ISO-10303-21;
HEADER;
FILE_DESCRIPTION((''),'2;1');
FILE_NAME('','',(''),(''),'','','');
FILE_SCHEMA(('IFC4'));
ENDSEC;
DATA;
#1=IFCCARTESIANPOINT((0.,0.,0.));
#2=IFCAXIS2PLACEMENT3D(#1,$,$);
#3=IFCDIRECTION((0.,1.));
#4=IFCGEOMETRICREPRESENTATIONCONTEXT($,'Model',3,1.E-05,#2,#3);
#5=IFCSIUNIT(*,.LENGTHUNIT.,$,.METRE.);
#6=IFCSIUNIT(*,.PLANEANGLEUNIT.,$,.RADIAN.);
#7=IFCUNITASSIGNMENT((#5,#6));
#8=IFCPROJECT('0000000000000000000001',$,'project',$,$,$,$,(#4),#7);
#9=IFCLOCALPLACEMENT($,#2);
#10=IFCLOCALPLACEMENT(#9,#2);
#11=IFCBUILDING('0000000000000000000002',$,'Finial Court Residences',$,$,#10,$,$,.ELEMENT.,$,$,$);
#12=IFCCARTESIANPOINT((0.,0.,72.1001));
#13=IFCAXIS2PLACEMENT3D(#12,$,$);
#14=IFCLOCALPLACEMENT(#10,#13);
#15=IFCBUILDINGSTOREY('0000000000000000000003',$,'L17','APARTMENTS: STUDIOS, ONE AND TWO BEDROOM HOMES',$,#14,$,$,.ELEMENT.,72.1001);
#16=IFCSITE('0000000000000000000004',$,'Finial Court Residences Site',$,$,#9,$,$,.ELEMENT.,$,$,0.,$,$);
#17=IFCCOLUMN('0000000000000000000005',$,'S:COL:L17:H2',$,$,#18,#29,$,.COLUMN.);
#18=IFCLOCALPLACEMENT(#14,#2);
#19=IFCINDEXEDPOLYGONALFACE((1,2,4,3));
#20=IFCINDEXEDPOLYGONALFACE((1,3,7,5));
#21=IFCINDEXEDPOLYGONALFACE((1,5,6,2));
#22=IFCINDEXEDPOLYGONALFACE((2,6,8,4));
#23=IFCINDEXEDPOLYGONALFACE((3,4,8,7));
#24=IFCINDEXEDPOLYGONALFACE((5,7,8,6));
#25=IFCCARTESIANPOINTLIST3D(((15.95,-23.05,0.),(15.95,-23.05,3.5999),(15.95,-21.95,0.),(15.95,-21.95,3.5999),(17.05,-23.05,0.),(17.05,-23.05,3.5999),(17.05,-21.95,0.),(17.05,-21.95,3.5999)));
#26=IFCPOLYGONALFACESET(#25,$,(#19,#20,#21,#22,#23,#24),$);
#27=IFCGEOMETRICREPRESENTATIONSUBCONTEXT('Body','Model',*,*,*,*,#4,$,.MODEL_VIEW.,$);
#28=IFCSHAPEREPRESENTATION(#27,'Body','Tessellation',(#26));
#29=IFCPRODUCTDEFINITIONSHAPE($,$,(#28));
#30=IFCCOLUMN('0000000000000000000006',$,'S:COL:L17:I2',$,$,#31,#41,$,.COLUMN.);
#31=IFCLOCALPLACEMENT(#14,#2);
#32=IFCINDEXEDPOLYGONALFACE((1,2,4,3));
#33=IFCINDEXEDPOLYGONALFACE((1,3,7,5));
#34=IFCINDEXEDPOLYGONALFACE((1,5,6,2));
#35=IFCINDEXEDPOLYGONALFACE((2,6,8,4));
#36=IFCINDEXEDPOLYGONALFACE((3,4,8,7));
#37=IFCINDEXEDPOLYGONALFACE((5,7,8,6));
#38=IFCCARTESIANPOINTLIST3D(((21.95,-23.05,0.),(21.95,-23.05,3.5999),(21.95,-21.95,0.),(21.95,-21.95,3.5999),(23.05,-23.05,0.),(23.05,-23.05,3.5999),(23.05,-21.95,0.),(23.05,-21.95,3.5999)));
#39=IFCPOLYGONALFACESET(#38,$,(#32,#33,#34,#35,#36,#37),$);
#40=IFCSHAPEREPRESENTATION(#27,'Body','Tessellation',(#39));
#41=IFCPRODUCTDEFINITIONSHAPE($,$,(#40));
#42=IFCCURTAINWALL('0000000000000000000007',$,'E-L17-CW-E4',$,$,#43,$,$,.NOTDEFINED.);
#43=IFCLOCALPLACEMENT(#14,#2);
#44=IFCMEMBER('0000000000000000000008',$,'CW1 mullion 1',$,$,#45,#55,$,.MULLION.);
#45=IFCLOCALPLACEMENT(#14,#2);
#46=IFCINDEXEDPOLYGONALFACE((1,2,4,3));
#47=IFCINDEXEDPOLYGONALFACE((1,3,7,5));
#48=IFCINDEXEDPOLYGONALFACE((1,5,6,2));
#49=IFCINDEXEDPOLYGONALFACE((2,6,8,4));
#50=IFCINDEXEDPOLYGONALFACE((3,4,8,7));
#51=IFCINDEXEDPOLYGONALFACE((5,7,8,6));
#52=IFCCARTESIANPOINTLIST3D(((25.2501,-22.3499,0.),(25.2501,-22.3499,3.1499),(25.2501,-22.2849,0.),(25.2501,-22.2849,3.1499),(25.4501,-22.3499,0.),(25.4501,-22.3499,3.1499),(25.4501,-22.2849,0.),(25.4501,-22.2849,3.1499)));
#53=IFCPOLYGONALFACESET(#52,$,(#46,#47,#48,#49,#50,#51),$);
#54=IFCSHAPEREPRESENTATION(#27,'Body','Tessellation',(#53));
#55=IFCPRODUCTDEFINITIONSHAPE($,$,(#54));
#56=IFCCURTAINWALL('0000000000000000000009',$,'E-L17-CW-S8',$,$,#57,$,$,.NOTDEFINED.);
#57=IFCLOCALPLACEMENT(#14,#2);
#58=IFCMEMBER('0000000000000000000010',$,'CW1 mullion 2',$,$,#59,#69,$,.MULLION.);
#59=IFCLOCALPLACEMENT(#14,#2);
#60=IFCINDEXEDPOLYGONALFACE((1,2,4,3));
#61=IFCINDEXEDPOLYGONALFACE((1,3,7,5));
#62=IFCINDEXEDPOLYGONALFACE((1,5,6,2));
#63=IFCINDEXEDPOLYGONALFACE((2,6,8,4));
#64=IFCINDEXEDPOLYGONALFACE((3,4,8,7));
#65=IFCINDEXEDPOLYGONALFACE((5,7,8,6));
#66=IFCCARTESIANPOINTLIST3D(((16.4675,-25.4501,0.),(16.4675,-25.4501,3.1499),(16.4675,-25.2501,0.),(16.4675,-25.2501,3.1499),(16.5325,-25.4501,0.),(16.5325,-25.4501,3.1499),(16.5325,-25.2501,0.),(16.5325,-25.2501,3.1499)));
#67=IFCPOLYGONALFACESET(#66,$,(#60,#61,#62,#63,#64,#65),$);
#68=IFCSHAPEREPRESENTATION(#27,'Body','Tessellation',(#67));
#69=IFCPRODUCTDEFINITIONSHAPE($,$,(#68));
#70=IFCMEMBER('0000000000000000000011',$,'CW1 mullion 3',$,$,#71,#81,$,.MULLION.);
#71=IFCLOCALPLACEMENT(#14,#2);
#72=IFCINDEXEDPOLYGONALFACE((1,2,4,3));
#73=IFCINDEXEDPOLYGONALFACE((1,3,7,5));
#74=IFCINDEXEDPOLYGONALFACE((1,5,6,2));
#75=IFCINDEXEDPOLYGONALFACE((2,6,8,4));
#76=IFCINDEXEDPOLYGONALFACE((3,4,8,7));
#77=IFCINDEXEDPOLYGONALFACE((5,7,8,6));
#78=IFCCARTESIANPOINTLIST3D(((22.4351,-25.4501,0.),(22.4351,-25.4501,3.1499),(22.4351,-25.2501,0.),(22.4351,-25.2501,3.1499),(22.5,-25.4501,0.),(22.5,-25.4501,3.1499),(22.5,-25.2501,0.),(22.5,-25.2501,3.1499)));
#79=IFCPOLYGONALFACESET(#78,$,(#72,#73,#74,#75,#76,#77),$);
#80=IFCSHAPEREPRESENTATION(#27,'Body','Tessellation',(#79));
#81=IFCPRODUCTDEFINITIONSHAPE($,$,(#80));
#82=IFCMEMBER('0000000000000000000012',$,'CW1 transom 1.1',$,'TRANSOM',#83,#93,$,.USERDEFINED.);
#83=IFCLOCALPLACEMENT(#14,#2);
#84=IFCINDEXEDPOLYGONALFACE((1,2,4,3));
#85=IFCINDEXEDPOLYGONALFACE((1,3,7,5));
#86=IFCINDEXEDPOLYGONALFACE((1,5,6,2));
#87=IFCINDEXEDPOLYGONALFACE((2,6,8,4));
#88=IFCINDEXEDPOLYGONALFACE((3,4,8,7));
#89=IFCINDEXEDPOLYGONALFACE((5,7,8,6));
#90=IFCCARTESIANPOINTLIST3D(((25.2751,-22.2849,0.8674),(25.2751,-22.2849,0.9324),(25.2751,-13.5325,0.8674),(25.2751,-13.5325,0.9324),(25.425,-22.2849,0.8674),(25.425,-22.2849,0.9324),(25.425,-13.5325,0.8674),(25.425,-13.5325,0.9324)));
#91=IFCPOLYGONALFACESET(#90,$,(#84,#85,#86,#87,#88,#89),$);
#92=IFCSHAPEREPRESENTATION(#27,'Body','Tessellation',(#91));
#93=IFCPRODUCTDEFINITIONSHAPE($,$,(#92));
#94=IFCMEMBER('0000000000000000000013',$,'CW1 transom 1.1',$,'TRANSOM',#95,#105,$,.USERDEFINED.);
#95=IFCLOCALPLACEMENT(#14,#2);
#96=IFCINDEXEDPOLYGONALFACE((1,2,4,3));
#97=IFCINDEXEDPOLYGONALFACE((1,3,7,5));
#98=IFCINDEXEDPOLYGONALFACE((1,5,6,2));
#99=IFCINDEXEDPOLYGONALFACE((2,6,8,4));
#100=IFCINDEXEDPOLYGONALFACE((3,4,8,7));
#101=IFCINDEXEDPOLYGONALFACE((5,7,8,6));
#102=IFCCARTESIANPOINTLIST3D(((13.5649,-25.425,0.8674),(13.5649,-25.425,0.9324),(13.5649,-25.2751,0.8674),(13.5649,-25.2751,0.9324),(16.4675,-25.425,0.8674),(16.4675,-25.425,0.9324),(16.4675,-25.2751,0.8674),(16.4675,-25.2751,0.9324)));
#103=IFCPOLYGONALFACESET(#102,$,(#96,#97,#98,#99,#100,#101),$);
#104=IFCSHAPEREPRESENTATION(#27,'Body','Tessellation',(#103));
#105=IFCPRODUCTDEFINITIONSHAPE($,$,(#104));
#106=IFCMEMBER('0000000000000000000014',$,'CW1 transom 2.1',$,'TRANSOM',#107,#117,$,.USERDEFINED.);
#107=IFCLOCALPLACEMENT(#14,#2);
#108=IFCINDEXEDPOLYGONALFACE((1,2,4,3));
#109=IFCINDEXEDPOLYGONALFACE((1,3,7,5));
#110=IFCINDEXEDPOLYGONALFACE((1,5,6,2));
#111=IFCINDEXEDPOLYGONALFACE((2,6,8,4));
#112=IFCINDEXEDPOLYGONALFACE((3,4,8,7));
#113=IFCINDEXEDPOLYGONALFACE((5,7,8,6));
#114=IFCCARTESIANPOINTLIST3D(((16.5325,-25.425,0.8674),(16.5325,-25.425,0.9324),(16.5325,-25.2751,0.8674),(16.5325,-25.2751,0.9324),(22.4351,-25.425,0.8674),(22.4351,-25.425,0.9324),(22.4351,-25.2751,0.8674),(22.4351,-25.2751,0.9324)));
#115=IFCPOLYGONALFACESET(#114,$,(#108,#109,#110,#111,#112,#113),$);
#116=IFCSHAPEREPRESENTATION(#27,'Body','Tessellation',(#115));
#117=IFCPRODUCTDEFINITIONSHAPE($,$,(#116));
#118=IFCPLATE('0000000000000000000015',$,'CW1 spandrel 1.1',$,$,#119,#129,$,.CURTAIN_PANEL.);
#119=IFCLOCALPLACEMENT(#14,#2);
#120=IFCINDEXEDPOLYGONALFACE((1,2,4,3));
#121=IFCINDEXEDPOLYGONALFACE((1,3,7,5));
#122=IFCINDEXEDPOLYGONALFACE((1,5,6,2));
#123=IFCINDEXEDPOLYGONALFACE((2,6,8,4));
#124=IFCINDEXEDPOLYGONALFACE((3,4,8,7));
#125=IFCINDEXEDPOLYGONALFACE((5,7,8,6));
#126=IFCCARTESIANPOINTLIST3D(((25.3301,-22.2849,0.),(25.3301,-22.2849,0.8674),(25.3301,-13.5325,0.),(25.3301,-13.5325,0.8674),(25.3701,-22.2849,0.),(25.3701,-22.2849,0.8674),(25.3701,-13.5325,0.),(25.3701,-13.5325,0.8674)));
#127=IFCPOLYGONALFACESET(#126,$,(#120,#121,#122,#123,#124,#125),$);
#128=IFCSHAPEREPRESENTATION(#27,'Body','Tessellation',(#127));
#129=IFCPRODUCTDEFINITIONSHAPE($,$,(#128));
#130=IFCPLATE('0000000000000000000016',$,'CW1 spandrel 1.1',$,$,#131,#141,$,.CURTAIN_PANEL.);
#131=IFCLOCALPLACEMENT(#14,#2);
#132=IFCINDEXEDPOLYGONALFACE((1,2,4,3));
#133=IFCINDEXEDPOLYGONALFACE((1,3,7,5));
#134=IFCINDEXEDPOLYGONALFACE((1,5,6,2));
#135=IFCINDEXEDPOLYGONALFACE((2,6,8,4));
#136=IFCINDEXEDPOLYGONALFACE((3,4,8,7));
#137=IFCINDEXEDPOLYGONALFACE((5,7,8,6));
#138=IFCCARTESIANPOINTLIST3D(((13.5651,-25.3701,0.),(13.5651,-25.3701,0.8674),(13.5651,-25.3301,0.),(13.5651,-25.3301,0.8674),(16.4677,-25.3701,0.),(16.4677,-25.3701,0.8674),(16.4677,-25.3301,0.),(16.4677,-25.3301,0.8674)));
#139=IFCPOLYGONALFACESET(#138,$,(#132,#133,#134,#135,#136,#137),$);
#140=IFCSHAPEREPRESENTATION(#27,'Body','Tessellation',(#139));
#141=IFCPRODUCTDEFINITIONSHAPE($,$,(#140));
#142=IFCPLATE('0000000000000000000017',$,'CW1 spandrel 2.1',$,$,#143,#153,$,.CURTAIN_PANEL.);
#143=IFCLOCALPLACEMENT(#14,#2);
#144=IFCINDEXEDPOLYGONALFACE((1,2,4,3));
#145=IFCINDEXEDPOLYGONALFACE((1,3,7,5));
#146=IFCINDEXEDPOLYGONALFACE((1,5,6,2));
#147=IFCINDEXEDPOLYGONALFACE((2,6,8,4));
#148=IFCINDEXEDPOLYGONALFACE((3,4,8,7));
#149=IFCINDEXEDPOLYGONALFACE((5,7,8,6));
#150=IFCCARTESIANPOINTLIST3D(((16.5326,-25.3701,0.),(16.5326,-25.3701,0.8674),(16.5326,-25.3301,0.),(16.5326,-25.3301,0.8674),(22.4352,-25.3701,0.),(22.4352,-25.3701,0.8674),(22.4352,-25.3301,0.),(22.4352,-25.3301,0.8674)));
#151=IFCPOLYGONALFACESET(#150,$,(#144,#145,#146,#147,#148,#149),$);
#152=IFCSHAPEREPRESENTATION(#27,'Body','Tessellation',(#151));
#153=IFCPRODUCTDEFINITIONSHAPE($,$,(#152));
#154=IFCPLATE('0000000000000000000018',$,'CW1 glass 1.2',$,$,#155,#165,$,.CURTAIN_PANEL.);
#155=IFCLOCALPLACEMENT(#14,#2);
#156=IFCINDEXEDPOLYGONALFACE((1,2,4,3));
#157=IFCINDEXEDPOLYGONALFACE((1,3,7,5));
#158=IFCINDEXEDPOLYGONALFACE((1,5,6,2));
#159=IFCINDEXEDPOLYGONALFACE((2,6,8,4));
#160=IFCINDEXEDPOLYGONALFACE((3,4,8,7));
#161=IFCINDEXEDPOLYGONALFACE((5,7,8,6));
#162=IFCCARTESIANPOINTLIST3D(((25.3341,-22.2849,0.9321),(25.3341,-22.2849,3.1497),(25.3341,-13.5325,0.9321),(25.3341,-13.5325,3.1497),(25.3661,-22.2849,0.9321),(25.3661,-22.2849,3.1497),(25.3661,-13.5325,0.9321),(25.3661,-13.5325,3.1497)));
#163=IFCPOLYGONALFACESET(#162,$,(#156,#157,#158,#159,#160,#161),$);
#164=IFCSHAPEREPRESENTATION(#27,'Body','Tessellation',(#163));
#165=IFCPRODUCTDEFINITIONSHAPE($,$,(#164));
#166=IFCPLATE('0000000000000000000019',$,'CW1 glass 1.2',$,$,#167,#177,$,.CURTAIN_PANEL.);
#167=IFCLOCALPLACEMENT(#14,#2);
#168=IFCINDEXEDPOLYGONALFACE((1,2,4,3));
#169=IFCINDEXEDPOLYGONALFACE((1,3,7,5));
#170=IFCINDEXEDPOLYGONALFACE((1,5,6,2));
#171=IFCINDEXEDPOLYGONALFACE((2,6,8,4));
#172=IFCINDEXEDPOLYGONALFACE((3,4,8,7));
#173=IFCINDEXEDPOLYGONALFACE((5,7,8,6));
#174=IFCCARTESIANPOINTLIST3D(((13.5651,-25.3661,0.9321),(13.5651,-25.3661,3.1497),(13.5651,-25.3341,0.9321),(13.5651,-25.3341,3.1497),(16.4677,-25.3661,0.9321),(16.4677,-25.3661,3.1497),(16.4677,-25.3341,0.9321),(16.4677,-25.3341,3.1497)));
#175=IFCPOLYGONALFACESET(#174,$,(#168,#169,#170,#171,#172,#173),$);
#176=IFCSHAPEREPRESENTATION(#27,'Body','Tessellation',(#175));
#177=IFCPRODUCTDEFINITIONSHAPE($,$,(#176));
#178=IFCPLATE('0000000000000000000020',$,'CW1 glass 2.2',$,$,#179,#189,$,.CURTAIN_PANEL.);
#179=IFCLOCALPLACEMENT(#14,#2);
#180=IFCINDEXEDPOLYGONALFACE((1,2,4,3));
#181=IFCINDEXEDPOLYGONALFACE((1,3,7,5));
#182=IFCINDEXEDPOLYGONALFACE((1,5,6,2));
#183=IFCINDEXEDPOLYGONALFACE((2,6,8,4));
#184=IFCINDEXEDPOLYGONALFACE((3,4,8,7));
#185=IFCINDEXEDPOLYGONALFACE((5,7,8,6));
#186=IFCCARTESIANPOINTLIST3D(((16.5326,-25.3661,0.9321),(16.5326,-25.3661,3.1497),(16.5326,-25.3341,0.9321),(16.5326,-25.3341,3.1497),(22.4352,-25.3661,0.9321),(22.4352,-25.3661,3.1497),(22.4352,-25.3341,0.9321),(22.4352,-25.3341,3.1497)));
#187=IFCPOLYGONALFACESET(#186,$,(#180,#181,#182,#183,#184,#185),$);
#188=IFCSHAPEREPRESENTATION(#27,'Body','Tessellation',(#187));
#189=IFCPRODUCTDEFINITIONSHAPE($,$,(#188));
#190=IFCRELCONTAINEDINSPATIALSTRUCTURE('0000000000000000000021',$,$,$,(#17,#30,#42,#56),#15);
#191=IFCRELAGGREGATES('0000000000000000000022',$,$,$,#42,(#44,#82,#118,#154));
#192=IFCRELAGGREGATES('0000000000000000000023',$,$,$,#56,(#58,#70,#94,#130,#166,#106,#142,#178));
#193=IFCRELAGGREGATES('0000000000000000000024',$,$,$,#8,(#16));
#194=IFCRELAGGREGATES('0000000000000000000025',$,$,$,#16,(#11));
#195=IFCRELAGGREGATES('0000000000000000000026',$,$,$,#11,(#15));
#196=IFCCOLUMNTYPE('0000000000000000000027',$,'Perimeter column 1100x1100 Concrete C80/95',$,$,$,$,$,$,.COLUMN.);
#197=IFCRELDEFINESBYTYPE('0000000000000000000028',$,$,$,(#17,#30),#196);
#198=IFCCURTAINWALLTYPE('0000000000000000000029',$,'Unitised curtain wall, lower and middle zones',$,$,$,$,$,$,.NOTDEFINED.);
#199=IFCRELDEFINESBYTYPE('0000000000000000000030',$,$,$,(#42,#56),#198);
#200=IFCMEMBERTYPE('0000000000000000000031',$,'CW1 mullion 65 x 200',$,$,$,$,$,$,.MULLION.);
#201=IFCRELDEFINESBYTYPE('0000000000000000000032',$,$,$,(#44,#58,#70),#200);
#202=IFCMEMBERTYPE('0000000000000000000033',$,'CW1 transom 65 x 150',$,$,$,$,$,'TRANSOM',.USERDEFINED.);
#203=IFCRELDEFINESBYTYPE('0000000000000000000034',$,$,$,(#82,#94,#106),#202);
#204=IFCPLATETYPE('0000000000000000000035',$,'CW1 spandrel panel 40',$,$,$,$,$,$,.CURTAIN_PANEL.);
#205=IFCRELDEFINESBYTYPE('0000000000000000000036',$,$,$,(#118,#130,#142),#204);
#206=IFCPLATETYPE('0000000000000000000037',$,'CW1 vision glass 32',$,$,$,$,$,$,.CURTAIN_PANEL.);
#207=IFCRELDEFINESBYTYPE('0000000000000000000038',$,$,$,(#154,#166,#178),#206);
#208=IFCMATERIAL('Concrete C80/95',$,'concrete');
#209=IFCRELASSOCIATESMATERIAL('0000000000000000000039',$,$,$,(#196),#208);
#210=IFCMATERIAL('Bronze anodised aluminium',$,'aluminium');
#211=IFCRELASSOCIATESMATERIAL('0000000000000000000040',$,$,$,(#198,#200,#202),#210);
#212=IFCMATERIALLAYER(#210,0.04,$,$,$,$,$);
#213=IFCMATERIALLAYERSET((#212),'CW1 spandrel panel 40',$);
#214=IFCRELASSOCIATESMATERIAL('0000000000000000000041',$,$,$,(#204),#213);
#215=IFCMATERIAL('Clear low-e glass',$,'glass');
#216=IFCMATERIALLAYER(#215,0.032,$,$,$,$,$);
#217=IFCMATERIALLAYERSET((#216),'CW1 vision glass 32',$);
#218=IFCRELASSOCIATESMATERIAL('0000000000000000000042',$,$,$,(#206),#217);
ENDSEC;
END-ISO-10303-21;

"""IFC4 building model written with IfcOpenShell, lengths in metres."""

from ifc_helpers import new_model, si_unit, direction, frame, origin, origin_2d, place, context, subcontext, project, spatial, rectangle, extrude, material, layer, layer_set, material_profile, profile_set, type_object, element, aggregate, save


model = new_model("IFC4")

# Units and contexts
model_context = context("Model", 3, precision=1e-05, world=origin(), true_north=direction((0.0, 1.0)))
body_context = subcontext(model_context, "Body", "Model", "MODEL_VIEW")
ifc_project = project(units=[si_unit("LENGTHUNIT", "METRE"), si_unit("PLANEANGLEUNIT", "RADIAN")], contexts=[model_context])

# Site, building, storey
site_placement = place(None, origin())
site = spatial("IfcSite", under=ifc_project, at=site_placement, Name="Finial Court Residences Site", CompositionType="ELEMENT", RefElevation=0.0)
building_placement = place(site_placement, origin())
building = spatial("IfcBuilding", under=site, at=building_placement, Name="Finial Court Residences", CompositionType="ELEMENT")
storey_placement = place(building_placement, frame((0.0, 0.0, 72.1001)))
storey = spatial("IfcBuildingStorey", under=building, at=storey_placement, Name="L17", Description="APARTMENTS: STUDIOS, ONE AND TWO BEDROOM HOMES", CompositionType="ELEMENT", Elevation=72.1001)

# Columns
ifc_material_1 = material(Name="Concrete C80/95", Category="concrete")
ifc_material_profile_1 = material_profile(ifc_material_1, rectangle(XDim=1.1001, YDim=1.1001, at=origin_2d()), Name="1100x1100")
ifc_profile_set_1 = profile_set([ifc_material_profile_1], Name="Concrete C80/95")
column_type = type_object("IfcColumnType", Name="Perimeter column 1100x1100 Concrete C80/95", PredefinedType="COLUMN", material=ifc_profile_set_1)
for number, where, z_axis, x_axis, name in (
    (1, (16.5, -22.5, 0.0), (0.0, 0.0, 1.0), (1.0, 0.0, 0.0), "S:COL:L17:H2"),
    (2, (22.5, -22.5, 0.0), (0.0, 0.0, 1.0), (1.0, 0.0, 0.0), "S:COL:L17:I2"),
):
    element("IfcColumn", number, at=place(storey_placement, frame(where, z_axis=z_axis, x_axis=x_axis)), inside=storey, type_object=column_type, Name=name, PredefinedType="COLUMN", context=body_context, shape_type="SweptSolid", body=[
        extrude(rectangle(XDim=1.1001, YDim=1.1001, at=origin_2d()), origin(), (0.0, 0.0, 1.0), 3.5999),
    ])

# Curtain wall, member
ifc_material_2 = material(Name="Bronze anodised aluminium", Category="aluminium")
curtain_wall_type = type_object("IfcCurtainWallType", Name="Unitised curtain wall, lower and middle zones", PredefinedType="NOTDEFINED", material=ifc_material_2)
curtain_wall_1_placement = place(storey_placement, origin())
curtain_wall_1 = element("IfcCurtainWall", 3, at=curtain_wall_1_placement, inside=storey, type_object=curtain_wall_type, Name="E-L17-CW-E4", PredefinedType="NOTDEFINED")
ifc_material_profile_2 = material_profile(ifc_material_2, rectangle(XDim=0.2, YDim=0.0649, at=origin_2d()), Name="CW1 mullion 65 x 200")
ifc_profile_set_2 = profile_set([ifc_material_profile_2], Name="Bronze anodised aluminium")
member_type_1 = type_object("IfcMemberType", Name="CW1 mullion 65 x 200", PredefinedType="MULLION", material=ifc_profile_set_2)
member_1_placement = place(storey_placement, frame((25.3501, -22.3174, 0.0), z_axis=(0.0, 0.0, 1.0), x_axis=(-1.0, 0.0, 0.0)))
member_1 = element("IfcMember", 4, at=member_1_placement, type_object=member_type_1, Name="CW1 mullion 1", PredefinedType="MULLION", context=body_context, shape_type="SweptSolid", body=[
    extrude(rectangle(XDim=0.2, YDim=0.0649, at=origin_2d()), origin(), (0.0, 0.0, 1.0), 3.1499),
])

# Curtain wall, members
curtain_wall_2_placement = place(storey_placement, origin())
curtain_wall_2 = element("IfcCurtainWall", 5, at=curtain_wall_2_placement, inside=storey, type_object=curtain_wall_type, Name="E-L17-CW-S8", PredefinedType="NOTDEFINED")
member_2_placement = place(storey_placement, frame((16.5, -25.3501, 0.0), z_axis=(0.0, 0.0, 1.0), x_axis=(0.0, 1.0, 0.0)))
member_2 = element("IfcMember", 6, at=member_2_placement, type_object=member_type_1, Name="CW1 mullion 2", PredefinedType="MULLION", context=body_context, shape_type="SweptSolid", body=[
    extrude(rectangle(XDim=0.2, YDim=0.0649, at=origin_2d()), origin(), (0.0, 0.0, 1.0), 3.1499),
])
member_3_placement = place(storey_placement, frame((22.4675, -25.3501, 0.0), z_axis=(0.0, 0.0, 1.0), x_axis=(0.0, 1.0, 0.0)))
member_3 = element("IfcMember", 7, at=member_3_placement, type_object=member_type_1, Name="CW1 mullion 3", PredefinedType="MULLION", context=body_context, shape_type="SweptSolid", body=[
    extrude(rectangle(XDim=0.2, YDim=0.0649, at=origin_2d()), origin(), (0.0, 0.0, 1.0), 3.1499),
])

# Members
ifc_material_profile_3 = material_profile(ifc_material_2, rectangle(XDim=0.1499, YDim=0.0649, at=origin_2d()), Name="CW1 transom 65 x 150")
ifc_profile_set_3 = profile_set([ifc_material_profile_3], Name="Bronze anodised aluminium")
member_type_2 = type_object("IfcMemberType", Name="CW1 transom 65 x 150", ElementType="TRANSOM", PredefinedType="USERDEFINED", material=ifc_profile_set_3)
member_4_placement = place(storey_placement, frame((25.3501, -22.2849, 0.8999), z_axis=(0.0, 1.0, 0.0), x_axis=(-1.0, 0.0, 0.0)))
member_4 = element("IfcMember", 8, at=member_4_placement, type_object=member_type_2, Name="CW1 transom 1.1", ObjectType="TRANSOM", PredefinedType="USERDEFINED", context=body_context, shape_type="SweptSolid", body=[
    extrude(rectangle(XDim=0.1499, YDim=0.0649, at=origin_2d()), origin(), (0.0, 0.0, 1.0), 8.7524),
])
member_5_placement = place(storey_placement, frame((13.5649, -25.3501, 0.8999), z_axis=(1.0, 0.0, 0.0), x_axis=(0.0, 1.0, 0.0)))
member_5 = element("IfcMember", 9, at=member_5_placement, type_object=member_type_2, Name="CW1 transom 1.1", ObjectType="TRANSOM", PredefinedType="USERDEFINED", context=body_context, shape_type="SweptSolid", body=[
    extrude(rectangle(XDim=0.1499, YDim=0.0649, at=origin_2d()), origin(), (0.0, 0.0, 1.0), 2.9026),
])
member_6_placement = place(storey_placement, frame((16.5325, -25.3501, 0.8999), z_axis=(1.0, 0.0, 0.0), x_axis=(0.0, 1.0, 0.0)))
member_6 = element("IfcMember", 10, at=member_6_placement, type_object=member_type_2, Name="CW1 transom 2.1", ObjectType="TRANSOM", PredefinedType="USERDEFINED", context=body_context, shape_type="SweptSolid", body=[
    extrude(rectangle(XDim=0.1499, YDim=0.0649, at=origin_2d()), origin(), (0.0, 0.0, 1.0), 5.9026),
])

# Plates
ifc_layer_1 = layer(ifc_material_2, 0.04)
ifc_layer_set_1 = layer_set([ifc_layer_1], Name="CW1 spandrel panel 40")
plate_type_1 = type_object("IfcPlateType", Name="CW1 spandrel panel 40", PredefinedType="CURTAIN_PANEL", material=ifc_layer_set_1)
plate_1_placement = place(storey_placement, frame((25.3501, -17.9087, 0.0), z_axis=(0.0, 0.0, 1.0), x_axis=(0.0, 1.0, 0.0)))
plate_1 = element("IfcPlate", 11, at=plate_1_placement, type_object=plate_type_1, Name="CW1 spandrel 1.1", PredefinedType="CURTAIN_PANEL", context=body_context, shape_type="SweptSolid", body=[
    extrude(rectangle(XDim=8.7524, YDim=0.04, at=origin_2d()), origin(), (0.0, 0.0, 1.0), 0.8674),
])
plate_2_placement = place(storey_placement, frame((15.0164, -25.3501, 0.0), z_axis=(0.0, 0.0, 1.0), x_axis=(1.0, 0.0, 0.0)))
plate_2 = element("IfcPlate", 12, at=plate_2_placement, type_object=plate_type_1, Name="CW1 spandrel 1.1", PredefinedType="CURTAIN_PANEL", context=body_context, shape_type="SweptSolid", body=[
    extrude(rectangle(XDim=2.9026, YDim=0.04, at=origin_2d()), origin(), (0.0, 0.0, 1.0), 0.8674),
])
plate_3_placement = place(storey_placement, frame((19.4839, -25.3501, 0.0), z_axis=(0.0, 0.0, 1.0), x_axis=(1.0, 0.0, 0.0)))
plate_3 = element("IfcPlate", 13, at=plate_3_placement, type_object=plate_type_1, Name="CW1 spandrel 2.1", PredefinedType="CURTAIN_PANEL", context=body_context, shape_type="SweptSolid", body=[
    extrude(rectangle(XDim=5.9026, YDim=0.04, at=origin_2d()), origin(), (0.0, 0.0, 1.0), 0.8674),
])
ifc_material_3 = material(Name="Clear low-e glass", Category="glass")
ifc_layer_2 = layer(ifc_material_3, 0.032)
ifc_layer_set_2 = layer_set([ifc_layer_2], Name="CW1 vision glass 32")
plate_type_2 = type_object("IfcPlateType", Name="CW1 vision glass 32", PredefinedType="CURTAIN_PANEL", material=ifc_layer_set_2)
plate_4_placement = place(storey_placement, frame((25.3501, -17.9087, 0.9321), z_axis=(0.0, 0.0, 1.0), x_axis=(0.0, 1.0, 0.0)))
plate_4 = element("IfcPlate", 14, at=plate_4_placement, type_object=plate_type_2, Name="CW1 glass 1.2", PredefinedType="CURTAIN_PANEL", context=body_context, shape_type="SweptSolid", body=[
    extrude(rectangle(XDim=8.7524, YDim=0.032, at=origin_2d()), origin(), (0.0, 0.0, 1.0), 2.2175),
])
aggregate(curtain_wall_1, [member_1, member_4, plate_1, plate_4])
plate_5_placement = place(storey_placement, frame((15.0164, -25.3501, 0.9321), z_axis=(0.0, 0.0, 1.0), x_axis=(1.0, 0.0, 0.0)))
plate_5 = element("IfcPlate", 15, at=plate_5_placement, type_object=plate_type_2, Name="CW1 glass 1.2", PredefinedType="CURTAIN_PANEL", context=body_context, shape_type="SweptSolid", body=[
    extrude(rectangle(XDim=2.9026, YDim=0.032, at=origin_2d()), origin(), (0.0, 0.0, 1.0), 2.2175),
])
plate_6_placement = place(storey_placement, frame((19.4839, -25.3501, 0.9321), z_axis=(0.0, 0.0, 1.0), x_axis=(1.0, 0.0, 0.0)))
plate_6 = element("IfcPlate", 16, at=plate_6_placement, type_object=plate_type_2, Name="CW1 glass 2.2", PredefinedType="CURTAIN_PANEL", context=body_context, shape_type="SweptSolid", body=[
    extrude(rectangle(XDim=5.9026, YDim=0.032, at=origin_2d()), origin(), (0.0, 0.0, 1.0), 2.2175),
])
aggregate(curtain_wall_2, [member_2, member_3, member_5, plate_2, plate_5, member_6, plate_3, plate_6])

save(model, "model.ifc")
